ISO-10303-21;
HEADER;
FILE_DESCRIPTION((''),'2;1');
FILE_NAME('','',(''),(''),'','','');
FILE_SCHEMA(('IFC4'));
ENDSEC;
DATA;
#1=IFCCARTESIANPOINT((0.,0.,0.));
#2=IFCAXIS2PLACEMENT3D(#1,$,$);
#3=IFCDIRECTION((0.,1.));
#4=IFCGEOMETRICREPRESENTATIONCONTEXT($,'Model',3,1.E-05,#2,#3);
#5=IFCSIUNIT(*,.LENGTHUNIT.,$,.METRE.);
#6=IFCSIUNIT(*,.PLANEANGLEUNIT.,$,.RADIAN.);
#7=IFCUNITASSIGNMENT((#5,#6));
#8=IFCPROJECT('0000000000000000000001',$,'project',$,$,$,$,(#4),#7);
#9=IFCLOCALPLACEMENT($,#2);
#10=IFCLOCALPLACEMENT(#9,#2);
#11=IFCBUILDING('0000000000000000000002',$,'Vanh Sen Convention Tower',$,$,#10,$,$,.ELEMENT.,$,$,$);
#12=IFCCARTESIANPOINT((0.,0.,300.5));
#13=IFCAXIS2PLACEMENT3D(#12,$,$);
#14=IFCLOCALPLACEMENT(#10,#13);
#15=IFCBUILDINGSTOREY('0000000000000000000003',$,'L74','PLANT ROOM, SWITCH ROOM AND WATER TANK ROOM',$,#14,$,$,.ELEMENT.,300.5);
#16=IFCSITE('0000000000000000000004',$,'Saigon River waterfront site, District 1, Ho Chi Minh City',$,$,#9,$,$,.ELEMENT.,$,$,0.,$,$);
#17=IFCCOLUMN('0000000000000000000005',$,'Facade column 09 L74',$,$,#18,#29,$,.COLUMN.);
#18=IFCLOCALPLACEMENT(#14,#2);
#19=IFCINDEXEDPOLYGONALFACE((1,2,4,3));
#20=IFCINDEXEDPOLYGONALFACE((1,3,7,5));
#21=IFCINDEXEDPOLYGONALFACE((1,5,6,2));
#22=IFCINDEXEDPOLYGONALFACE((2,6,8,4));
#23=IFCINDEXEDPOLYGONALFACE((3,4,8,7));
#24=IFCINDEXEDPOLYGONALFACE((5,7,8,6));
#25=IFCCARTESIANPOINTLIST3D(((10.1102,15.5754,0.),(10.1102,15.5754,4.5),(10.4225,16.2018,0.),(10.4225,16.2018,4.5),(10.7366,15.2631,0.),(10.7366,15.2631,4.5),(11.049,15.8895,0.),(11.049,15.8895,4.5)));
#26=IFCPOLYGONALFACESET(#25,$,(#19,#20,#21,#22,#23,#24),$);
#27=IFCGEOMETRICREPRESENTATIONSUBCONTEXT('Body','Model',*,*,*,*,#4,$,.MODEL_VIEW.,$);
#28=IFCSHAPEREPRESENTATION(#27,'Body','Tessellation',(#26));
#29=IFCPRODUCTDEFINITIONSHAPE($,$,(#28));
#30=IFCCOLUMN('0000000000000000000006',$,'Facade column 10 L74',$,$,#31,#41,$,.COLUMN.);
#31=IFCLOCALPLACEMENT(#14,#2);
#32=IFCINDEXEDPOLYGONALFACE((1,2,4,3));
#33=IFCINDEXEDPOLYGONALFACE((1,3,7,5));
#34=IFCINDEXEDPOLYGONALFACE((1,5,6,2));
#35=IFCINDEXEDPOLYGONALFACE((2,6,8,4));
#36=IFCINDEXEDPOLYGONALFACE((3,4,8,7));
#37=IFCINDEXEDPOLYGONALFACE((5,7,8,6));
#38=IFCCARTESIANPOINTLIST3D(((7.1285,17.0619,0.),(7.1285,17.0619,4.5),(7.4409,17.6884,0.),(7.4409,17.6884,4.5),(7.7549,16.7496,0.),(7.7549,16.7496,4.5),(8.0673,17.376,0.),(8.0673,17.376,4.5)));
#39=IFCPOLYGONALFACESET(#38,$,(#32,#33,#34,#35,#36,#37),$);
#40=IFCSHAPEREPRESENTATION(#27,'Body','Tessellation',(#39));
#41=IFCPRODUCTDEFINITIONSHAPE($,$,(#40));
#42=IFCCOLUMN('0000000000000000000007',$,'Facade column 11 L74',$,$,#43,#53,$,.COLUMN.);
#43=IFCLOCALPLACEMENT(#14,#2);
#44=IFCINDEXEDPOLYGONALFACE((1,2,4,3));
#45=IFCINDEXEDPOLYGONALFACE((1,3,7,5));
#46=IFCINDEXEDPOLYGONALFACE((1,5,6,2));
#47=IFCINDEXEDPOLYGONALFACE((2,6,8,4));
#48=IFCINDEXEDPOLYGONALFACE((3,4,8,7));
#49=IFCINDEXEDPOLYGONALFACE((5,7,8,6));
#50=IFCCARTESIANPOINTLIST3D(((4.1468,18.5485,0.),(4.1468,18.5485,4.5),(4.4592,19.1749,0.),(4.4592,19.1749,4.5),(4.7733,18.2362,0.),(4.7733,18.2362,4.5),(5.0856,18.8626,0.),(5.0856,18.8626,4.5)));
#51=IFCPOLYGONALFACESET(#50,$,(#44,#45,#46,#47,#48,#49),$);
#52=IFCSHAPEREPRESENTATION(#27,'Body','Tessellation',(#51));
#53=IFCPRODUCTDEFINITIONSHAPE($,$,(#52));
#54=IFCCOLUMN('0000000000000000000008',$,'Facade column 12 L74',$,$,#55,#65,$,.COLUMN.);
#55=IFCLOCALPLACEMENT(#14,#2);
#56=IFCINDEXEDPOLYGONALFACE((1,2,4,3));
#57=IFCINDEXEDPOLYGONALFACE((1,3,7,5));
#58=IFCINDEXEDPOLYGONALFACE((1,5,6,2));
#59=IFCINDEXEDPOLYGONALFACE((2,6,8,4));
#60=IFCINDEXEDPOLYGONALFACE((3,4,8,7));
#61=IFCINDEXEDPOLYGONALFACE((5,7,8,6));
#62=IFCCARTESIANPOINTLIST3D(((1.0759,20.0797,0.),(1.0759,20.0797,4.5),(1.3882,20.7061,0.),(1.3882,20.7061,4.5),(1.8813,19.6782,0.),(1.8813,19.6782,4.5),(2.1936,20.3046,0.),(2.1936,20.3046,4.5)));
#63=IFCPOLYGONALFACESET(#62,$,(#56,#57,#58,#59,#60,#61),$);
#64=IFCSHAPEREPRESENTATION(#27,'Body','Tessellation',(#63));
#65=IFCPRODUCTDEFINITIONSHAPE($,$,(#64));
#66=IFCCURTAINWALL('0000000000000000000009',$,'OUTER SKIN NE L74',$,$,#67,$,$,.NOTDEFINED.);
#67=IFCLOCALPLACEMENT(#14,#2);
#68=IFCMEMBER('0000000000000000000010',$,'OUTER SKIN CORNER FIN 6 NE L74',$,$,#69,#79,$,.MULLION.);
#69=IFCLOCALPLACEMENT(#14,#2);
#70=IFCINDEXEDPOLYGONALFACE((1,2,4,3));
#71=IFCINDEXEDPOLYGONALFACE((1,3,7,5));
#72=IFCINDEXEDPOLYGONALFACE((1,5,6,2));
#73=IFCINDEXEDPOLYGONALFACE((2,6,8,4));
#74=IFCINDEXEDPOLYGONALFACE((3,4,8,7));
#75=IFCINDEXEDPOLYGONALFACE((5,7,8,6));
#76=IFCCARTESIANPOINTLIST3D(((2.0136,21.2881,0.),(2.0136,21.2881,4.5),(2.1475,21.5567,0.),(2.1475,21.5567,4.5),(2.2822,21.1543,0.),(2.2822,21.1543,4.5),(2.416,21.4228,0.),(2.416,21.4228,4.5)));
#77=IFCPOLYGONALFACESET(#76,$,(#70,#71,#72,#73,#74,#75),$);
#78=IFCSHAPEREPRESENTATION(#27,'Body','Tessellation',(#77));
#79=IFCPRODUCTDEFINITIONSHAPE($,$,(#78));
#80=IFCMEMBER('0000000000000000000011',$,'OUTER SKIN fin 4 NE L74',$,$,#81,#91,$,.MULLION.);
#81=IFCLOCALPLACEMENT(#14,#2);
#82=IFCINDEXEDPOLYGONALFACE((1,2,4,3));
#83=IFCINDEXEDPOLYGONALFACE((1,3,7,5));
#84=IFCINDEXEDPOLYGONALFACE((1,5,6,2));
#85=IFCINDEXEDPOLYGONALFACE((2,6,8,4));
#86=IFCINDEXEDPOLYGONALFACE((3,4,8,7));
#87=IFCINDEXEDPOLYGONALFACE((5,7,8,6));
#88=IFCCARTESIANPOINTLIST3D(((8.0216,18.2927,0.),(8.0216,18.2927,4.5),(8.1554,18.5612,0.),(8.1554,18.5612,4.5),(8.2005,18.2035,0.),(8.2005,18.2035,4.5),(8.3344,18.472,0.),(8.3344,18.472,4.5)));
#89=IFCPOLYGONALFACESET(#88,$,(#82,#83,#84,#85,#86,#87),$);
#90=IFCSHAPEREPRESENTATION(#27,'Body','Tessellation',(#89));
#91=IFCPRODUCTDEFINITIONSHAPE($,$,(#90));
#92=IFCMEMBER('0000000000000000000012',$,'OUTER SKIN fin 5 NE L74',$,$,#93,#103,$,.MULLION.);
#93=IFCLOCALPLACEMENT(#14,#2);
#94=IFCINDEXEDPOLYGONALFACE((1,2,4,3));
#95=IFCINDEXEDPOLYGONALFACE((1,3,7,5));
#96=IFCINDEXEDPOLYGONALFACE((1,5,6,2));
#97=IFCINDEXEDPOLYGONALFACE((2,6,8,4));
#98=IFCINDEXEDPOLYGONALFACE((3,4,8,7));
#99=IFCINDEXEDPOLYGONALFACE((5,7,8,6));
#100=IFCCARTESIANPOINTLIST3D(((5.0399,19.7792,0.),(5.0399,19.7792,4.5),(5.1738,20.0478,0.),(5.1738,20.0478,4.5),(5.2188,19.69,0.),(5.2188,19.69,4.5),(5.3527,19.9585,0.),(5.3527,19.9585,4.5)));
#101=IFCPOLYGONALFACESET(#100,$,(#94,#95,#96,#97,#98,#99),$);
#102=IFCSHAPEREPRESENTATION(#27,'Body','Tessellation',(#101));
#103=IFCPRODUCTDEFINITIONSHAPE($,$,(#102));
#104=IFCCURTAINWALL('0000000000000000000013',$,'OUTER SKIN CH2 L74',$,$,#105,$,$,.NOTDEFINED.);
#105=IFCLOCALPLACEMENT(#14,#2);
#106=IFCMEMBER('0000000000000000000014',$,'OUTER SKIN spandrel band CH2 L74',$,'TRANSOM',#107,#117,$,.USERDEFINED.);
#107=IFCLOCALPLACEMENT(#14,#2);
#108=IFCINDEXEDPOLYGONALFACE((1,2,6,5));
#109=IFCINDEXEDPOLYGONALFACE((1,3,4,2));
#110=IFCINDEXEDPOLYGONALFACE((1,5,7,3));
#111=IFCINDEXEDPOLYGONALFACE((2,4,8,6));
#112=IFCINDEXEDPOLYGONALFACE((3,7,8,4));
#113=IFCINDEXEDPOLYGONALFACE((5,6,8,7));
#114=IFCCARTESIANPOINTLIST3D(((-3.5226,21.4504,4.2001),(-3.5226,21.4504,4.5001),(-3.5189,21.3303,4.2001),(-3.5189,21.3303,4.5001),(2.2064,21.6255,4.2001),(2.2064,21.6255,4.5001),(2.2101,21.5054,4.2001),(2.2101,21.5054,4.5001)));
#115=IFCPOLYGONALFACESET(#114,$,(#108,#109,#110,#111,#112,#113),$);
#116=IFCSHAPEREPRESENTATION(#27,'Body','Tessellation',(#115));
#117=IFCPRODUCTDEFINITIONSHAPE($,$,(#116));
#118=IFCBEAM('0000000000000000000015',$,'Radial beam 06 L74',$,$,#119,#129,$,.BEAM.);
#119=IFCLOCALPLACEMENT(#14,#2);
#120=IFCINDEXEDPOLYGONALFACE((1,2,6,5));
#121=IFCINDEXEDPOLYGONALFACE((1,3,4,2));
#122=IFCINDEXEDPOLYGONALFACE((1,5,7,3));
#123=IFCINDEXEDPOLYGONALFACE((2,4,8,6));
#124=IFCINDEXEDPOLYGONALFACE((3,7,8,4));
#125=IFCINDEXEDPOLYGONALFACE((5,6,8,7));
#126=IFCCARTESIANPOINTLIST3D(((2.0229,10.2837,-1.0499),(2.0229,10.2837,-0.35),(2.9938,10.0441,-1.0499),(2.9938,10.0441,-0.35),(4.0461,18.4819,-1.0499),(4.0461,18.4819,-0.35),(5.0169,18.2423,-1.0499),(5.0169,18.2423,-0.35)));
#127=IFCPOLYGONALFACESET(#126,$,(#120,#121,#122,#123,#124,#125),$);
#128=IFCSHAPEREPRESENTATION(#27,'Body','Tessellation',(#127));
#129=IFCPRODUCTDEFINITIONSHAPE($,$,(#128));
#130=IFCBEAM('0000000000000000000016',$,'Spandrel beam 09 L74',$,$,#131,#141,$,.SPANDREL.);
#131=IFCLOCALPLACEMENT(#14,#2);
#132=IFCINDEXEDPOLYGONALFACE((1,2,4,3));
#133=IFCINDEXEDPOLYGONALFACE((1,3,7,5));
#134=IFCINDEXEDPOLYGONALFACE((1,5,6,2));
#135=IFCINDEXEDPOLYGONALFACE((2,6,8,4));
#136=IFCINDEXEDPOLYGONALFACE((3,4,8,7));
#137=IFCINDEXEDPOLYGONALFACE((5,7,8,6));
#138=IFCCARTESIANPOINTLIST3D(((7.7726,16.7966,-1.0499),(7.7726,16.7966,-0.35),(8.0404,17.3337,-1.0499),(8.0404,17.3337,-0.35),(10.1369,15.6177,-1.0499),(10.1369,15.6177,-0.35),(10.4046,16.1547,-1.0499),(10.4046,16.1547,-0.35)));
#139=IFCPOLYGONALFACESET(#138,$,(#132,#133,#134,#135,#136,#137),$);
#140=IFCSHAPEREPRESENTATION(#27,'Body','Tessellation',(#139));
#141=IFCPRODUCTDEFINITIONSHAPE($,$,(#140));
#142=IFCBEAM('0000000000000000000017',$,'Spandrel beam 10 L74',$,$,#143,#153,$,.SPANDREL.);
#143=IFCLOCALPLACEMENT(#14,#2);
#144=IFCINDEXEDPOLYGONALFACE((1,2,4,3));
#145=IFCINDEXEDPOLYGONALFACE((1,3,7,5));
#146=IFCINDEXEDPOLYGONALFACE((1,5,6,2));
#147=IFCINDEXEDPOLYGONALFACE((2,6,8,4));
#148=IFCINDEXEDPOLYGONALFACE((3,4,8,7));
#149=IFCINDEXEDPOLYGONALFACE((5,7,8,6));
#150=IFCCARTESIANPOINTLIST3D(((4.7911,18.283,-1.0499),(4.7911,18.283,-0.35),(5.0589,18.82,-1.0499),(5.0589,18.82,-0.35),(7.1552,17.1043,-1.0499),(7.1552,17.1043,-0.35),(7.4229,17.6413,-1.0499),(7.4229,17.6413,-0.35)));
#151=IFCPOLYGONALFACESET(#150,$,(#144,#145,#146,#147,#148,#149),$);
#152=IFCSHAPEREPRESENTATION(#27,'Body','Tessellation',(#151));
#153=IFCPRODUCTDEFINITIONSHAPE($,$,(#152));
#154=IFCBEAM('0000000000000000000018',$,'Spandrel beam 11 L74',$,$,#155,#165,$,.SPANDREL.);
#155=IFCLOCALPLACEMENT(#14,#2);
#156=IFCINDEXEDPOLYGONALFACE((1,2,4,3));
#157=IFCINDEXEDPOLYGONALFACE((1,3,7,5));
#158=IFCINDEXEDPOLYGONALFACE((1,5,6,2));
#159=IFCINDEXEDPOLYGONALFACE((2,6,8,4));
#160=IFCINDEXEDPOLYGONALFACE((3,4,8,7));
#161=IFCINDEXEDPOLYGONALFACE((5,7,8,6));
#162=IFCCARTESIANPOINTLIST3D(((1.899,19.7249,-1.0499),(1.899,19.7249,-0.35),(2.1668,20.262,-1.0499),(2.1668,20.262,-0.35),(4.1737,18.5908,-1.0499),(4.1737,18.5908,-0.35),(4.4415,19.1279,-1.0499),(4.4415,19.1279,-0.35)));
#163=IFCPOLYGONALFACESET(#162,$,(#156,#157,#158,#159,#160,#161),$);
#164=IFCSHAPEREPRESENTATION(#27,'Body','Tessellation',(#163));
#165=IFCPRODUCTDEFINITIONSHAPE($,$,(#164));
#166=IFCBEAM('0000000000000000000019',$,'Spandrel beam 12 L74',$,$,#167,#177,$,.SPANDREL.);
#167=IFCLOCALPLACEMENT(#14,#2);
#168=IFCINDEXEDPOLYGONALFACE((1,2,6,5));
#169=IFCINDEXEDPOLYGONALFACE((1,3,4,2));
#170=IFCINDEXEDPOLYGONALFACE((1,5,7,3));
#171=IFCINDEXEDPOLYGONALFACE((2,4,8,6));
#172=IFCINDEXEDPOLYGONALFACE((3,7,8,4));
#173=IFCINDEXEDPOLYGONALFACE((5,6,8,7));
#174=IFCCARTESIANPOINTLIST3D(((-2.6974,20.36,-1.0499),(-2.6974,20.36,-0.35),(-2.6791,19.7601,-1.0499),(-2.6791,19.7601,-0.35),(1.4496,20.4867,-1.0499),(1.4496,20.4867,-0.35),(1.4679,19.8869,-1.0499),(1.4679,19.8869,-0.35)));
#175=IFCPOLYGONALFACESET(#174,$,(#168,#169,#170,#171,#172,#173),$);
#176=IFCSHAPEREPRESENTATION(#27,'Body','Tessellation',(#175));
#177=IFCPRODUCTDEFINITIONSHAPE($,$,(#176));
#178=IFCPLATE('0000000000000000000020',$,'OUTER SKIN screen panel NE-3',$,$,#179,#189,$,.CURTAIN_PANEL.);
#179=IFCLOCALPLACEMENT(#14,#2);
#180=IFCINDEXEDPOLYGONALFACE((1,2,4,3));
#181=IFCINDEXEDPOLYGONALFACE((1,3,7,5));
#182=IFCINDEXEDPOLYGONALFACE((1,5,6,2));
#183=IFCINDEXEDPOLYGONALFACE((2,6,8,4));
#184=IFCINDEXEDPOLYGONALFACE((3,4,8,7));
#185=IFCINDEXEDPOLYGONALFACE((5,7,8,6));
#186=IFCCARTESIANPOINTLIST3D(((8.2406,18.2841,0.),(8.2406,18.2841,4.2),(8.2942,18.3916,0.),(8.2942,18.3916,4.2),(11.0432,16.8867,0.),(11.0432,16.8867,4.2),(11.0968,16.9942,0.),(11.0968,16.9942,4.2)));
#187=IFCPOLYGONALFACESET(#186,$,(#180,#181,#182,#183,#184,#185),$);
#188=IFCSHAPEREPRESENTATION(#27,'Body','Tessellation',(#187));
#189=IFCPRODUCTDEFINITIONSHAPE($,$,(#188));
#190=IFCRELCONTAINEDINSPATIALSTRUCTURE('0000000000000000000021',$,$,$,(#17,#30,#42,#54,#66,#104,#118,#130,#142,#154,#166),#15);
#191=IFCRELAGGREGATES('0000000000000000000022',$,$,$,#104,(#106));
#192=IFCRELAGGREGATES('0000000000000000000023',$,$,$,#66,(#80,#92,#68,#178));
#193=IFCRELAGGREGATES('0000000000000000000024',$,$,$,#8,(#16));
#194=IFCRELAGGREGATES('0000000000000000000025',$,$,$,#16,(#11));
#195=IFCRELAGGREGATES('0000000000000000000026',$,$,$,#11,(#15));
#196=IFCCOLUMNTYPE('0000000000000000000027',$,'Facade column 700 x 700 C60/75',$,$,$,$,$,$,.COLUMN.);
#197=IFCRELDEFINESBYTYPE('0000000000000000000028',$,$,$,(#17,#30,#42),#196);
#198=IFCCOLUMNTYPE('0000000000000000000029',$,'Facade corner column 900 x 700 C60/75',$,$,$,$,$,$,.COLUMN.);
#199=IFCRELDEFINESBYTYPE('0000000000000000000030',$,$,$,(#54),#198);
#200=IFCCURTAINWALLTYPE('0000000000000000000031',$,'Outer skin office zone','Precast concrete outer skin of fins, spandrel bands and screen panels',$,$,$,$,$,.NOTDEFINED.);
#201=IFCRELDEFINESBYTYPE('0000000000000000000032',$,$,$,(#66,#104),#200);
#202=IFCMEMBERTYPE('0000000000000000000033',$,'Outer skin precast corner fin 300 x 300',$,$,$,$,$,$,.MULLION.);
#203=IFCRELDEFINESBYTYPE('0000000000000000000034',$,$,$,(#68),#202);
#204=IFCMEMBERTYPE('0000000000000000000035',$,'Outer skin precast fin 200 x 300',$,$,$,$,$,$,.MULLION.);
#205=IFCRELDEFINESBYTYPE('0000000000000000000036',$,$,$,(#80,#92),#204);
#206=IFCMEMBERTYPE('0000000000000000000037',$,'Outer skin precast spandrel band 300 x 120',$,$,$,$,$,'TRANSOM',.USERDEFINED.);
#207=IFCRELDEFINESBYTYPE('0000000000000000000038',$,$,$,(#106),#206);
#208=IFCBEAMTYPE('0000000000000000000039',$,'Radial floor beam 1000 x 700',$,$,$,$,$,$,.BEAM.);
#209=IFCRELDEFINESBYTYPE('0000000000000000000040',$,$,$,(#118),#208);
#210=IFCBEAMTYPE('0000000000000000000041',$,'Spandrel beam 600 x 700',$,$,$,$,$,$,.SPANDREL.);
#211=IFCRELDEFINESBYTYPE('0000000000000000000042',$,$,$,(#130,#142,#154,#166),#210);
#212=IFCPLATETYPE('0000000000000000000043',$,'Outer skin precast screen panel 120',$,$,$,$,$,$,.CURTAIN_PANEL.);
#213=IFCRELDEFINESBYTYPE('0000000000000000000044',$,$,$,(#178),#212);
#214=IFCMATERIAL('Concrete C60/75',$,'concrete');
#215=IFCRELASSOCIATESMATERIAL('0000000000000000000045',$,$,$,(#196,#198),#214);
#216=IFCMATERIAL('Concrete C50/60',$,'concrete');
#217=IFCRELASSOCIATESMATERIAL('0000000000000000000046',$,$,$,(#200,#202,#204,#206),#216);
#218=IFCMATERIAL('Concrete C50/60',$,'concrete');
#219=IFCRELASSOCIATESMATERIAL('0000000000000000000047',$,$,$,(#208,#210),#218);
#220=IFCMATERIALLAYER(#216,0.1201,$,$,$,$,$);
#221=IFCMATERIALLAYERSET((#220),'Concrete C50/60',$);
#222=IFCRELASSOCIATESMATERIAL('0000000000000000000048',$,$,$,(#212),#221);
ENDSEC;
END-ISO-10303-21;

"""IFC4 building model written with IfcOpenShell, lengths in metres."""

from ifc_helpers import new_model, si_unit, direction, frame, origin, origin_2d, place, context, subcontext, project, spatial, rectangle, extrude, material, layer, layer_set, material_profile, profile_set, type_object, element, aggregate, save


model = new_model("IFC4")

# Units and contexts
model_context = context("Model", 3, precision=1e-05, world=origin(), true_north=direction((0.0, 1.0)))
body_context = subcontext(model_context, "Body", "Model", "MODEL_VIEW")
ifc_project = project(units=[si_unit("LENGTHUNIT", "METRE"), si_unit("PLANEANGLEUNIT", "RADIAN")], contexts=[model_context])

# Site, building, storey
site_placement = place(None, origin())
site = spatial("IfcSite", under=ifc_project, at=site_placement, Name="Saigon River waterfront site, District 1, Ho Chi Minh City", CompositionType="ELEMENT", RefElevation=0.0)
building_placement = place(site_placement, origin())
building = spatial("IfcBuilding", under=site, at=building_placement, Name="Vanh Sen Convention Tower", CompositionType="ELEMENT")
storey_placement = place(building_placement, frame((0.0, 0.0, 300.5)))
storey = spatial("IfcBuildingStorey", under=building, at=storey_placement, Name="L74", Description="PLANT ROOM, SWITCH ROOM AND WATER TANK ROOM", CompositionType="ELEMENT", Elevation=300.5)

# Columns
ifc_material_1 = material(Name="Concrete C60/75", Category="concrete")
ifc_material_profile_1 = material_profile(ifc_material_1, rectangle(XDim=0.7, YDim=0.7, at=origin_2d()), Name="RC 700X700")
ifc_profile_set_1 = profile_set([ifc_material_profile_1], Name="Concrete C60/75")
column_type_1 = type_object("IfcColumnType", Name="Facade column 700 x 700 C60/75", PredefinedType="COLUMN", material=ifc_profile_set_1)
for number, where, z_axis, x_axis, name in (
    (1, (10.5796, 15.7324, 0.0), (0.0, 0.0, 1.0), (-0.894934, 0.446198, 0.0), "Facade column 09 L74"),
    (2, (7.5979, 17.219, 0.0), (0.0, 0.0, 1.0), (-0.894934, 0.446198, 0.0), "Facade column 10 L74"),
    (3, (4.6162, 18.7056, 0.0), (0.0, 0.0, 1.0), (-0.894934, 0.446198, 0.0), "Facade column 11 L74"),
):
    element("IfcColumn", number, at=place(storey_placement, frame(where, z_axis=z_axis, x_axis=x_axis)), inside=storey, type_object=column_type_1, Name=name, PredefinedType="COLUMN", context=body_context, shape_type="SweptSolid", body=[
        extrude(rectangle(XDim=0.7, YDim=0.7, at=origin_2d()), origin(), (0.0, 0.0, 1.0), 4.5),
    ])
ifc_material_profile_2 = material_profile(ifc_material_1, rectangle(XDim=0.8999, YDim=0.7, at=origin_2d()), Name="RC 900X700")
ifc_profile_set_2 = profile_set([ifc_material_profile_2], Name="Concrete C60/75")
column_type_2 = type_object("IfcColumnType", Name="Facade corner column 900 x 700 C60/75", PredefinedType="COLUMN", material=ifc_profile_set_2)
column_placement = place(storey_placement, frame((1.6348, 20.1921, 0.0), z_axis=(0.0, 0.0, 1.0), x_axis=(-0.894934, 0.446198, 0.0)))
element("IfcColumn", 4, at=column_placement, inside=storey, type_object=column_type_2, Name="Facade column 12 L74", PredefinedType="COLUMN", context=body_context, shape_type="SweptSolid", body=[
    extrude(rectangle(XDim=0.8999, YDim=0.7, at=origin_2d()), origin(), (0.0, 0.0, 1.0), 4.5),
])

# Curtain wall, members
ifc_material_2 = material(Name="Concrete C50/60", Category="concrete")
curtain_wall_type = type_object("IfcCurtainWallType", Name="Outer skin office zone", Description="Precast concrete outer skin of fins, spandrel bands and screen panels", PredefinedType="NOTDEFINED", material=ifc_material_2)
curtain_wall_1_placement = place(storey_placement, origin())
curtain_wall_1 = element("IfcCurtainWall", 5, at=curtain_wall_1_placement, inside=storey, type_object=curtain_wall_type, Name="OUTER SKIN NE L74", PredefinedType="NOTDEFINED")
ifc_material_profile_3 = material_profile(ifc_material_2, rectangle(XDim=0.3, YDim=0.3, at=origin_2d()), Name="Outer skin precast corner fin 300 x 300")
ifc_profile_set_3 = profile_set([ifc_material_profile_3], Name="Concrete C50/60")
member_type_1 = type_object("IfcMemberType", Name="Outer skin precast corner fin 300 x 300", PredefinedType="MULLION", material=ifc_profile_set_3)
member_1_placement = place(storey_placement, frame((2.2148, 21.3555, 0.0), z_axis=(0.0, 0.0, 1.0), x_axis=(-0.894934, 0.446198, 0.0)))
member_1 = element("IfcMember", 6, at=member_1_placement, type_object=member_type_1, Name="OUTER SKIN CORNER FIN 6 NE L74", PredefinedType="MULLION", context=body_context, shape_type="SweptSolid", body=[
    extrude(rectangle(XDim=0.3, YDim=0.3, at=origin_2d()), origin(), (0.0, 0.0, 1.0), 4.5),
])
ifc_material_profile_4 = material_profile(ifc_material_2, rectangle(XDim=0.2, YDim=0.3, at=origin_2d()), Name="Outer skin precast fin 200 x 300")
ifc_profile_set_4 = profile_set([ifc_material_profile_4], Name="Concrete C50/60")
member_type_2 = type_object("IfcMemberType", Name="Outer skin precast fin 200 x 300", PredefinedType="MULLION", material=ifc_profile_set_4)
member_2_placement = place(storey_placement, frame((8.178, 18.3823, 0.0), z_axis=(0.0, 0.0, 1.0), x_axis=(-0.894934, 0.446198, 0.0)))
member_2 = element("IfcMember", 7, at=member_2_placement, type_object=member_type_2, Name="OUTER SKIN fin 4 NE L74", PredefinedType="MULLION", context=body_context, shape_type="SweptSolid", body=[
    extrude(rectangle(XDim=0.2, YDim=0.3, at=origin_2d()), origin(), (0.0, 0.0, 1.0), 4.5),
])
member_3_placement = place(storey_placement, frame((5.1963, 19.8689, 0.0), z_axis=(0.0, 0.0, 1.0), x_axis=(-0.894934, 0.446198, 0.0)))
member_3 = element("IfcMember", 8, at=member_3_placement, type_object=member_type_2, Name="OUTER SKIN fin 5 NE L74", PredefinedType="MULLION", context=body_context, shape_type="SweptSolid", body=[
    extrude(rectangle(XDim=0.2, YDim=0.3, at=origin_2d()), origin(), (0.0, 0.0, 1.0), 4.5),
])

# Curtain wall, member
curtain_wall_2_placement = place(storey_placement, origin())
curtain_wall_2 = element("IfcCurtainWall", 9, at=curtain_wall_2_placement, inside=storey, type_object=curtain_wall_type, Name="OUTER SKIN CH2 L74", PredefinedType="NOTDEFINED")
ifc_material_profile_5 = material_profile(ifc_material_2, rectangle(XDim=0.1201, YDim=0.3, at=origin_2d()), Name="Outer skin precast spandrel band 300 x 120")
ifc_profile_set_5 = profile_set([ifc_material_profile_5], Name="Concrete C50/60")
member_type_3 = type_object("IfcMemberType", Name="Outer skin precast spandrel band 300 x 120", ElementType="TRANSOM", PredefinedType="USERDEFINED", material=ifc_profile_set_5)
member_4_placement = place(storey_placement, frame((2.2083, 21.5654, 4.3501), z_axis=(-0.999534, -0.030541, 0.0), x_axis=(0.030541, -0.999534, 0.0)))
member_4 = element("IfcMember", 10, at=member_4_placement, type_object=member_type_3, Name="OUTER SKIN spandrel band CH2 L74", ObjectType="TRANSOM", PredefinedType="USERDEFINED", context=body_context, shape_type="SweptSolid", body=[
    extrude(rectangle(XDim=0.1201, YDim=0.3, at=origin_2d()), origin(), (0.0, 0.0, 1.0), 5.7317),
])
aggregate(curtain_wall_2, [member_4])

# Beams
ifc_material_3 = material(Name="Concrete C50/60", Category="concrete")
ifc_material_profile_6 = material_profile(ifc_material_3, rectangle(XDim=1.0, YDim=0.7, at=origin_2d()), Name="RC 1000X700")
ifc_profile_set_6 = profile_set([ifc_material_profile_6], Name="Concrete C50/60")
beam_type_1 = type_object("IfcBeamType", Name="Radial floor beam 1000 x 700", PredefinedType="BEAM", material=ifc_profile_set_6)
beam_1_placement = place(storey_placement, frame((4.5315, 18.3621, -0.7), z_axis=(-0.239596, -0.970873, 0.0), x_axis=(0.970873, -0.239596, 0.0)))
element("IfcBeam", 11, at=beam_1_placement, inside=storey, type_object=beam_type_1, Name="Radial beam 06 L74", PredefinedType="BEAM", context=body_context, shape_type="SweptSolid", body=[
    extrude(rectangle(XDim=1.0, YDim=0.7, at=origin_2d()), origin(), (0.0, 0.0, 1.0), 8.4441),
])
ifc_material_profile_7 = material_profile(ifc_material_3, rectangle(XDim=0.6001, YDim=0.7, at=origin_2d()), Name="RC 600X700")
ifc_profile_set_7 = profile_set([ifc_material_profile_7], Name="Concrete C50/60")
beam_type_2 = type_object("IfcBeamType", Name="Spandrel beam 600 x 700", PredefinedType="SPANDREL", material=ifc_profile_set_7)
beam_2_placement = place(storey_placement, frame((10.2708, 15.8862, -0.7), z_axis=(-0.894907, 0.446252, 0.0), x_axis=(-0.446252, -0.894907, 0.0)))
element("IfcBeam", 12, at=beam_2_placement, inside=storey, type_object=beam_type_2, Name="Spandrel beam 09 L74", PredefinedType="SPANDREL", context=body_context, shape_type="SweptSolid", body=[
    extrude(rectangle(XDim=0.6001, YDim=0.7, at=origin_2d()), origin(), (0.0, 0.0, 1.0), 2.6418),
])
beam_3_placement = place(storey_placement, frame((7.2891, 17.3728, -0.7), z_axis=(-0.894926, 0.446215, 0.0), x_axis=(-0.446215, -0.894926, 0.0)))
element("IfcBeam", 13, at=beam_3_placement, inside=storey, type_object=beam_type_2, Name="Spandrel beam 10 L74", PredefinedType="SPANDREL", context=body_context, shape_type="SweptSolid", body=[
    extrude(rectangle(XDim=0.6001, YDim=0.7, at=origin_2d()), origin(), (0.0, 0.0, 1.0), 2.6416),
])
beam_4_placement = place(storey_placement, frame((4.3076, 18.8594, -0.7), z_axis=(-0.894945, 0.446176, 0.0), x_axis=(-0.446176, -0.894945, 0.0)))
element("IfcBeam", 14, at=beam_4_placement, inside=storey, type_object=beam_type_2, Name="Spandrel beam 11 L74", PredefinedType="SPANDREL", context=body_context, shape_type="SweptSolid", body=[
    extrude(rectangle(XDim=0.6001, YDim=0.7, at=origin_2d()), origin(), (0.0, 0.0, 1.0), 2.5417),
])
beam_5_placement = place(storey_placement, frame((1.4587, 20.1868, -0.7), z_axis=(-0.999534, -0.03054, 0.0), x_axis=(0.03054, -0.999534, 0.0)))
element("IfcBeam", 15, at=beam_5_placement, inside=storey, type_object=beam_type_2, Name="Spandrel beam 12 L74", PredefinedType="SPANDREL", context=body_context, shape_type="SweptSolid", body=[
    extrude(rectangle(XDim=0.6001, YDim=0.7, at=origin_2d()), origin(), (0.0, 0.0, 1.0), 4.1489),
])

# Plate
ifc_layer_1 = layer(ifc_material_2, 0.1201)
ifc_layer_set_1 = layer_set([ifc_layer_1], Name="Concrete C50/60")
plate_type = type_object("IfcPlateType", Name="Outer skin precast screen panel 120", PredefinedType="CURTAIN_PANEL", material=ifc_layer_set_1)
plate_1_placement = place(storey_placement, frame((9.6687, 17.6392, 0.0), z_axis=(0.0, 0.0, 1.0), x_axis=(-0.894931, 0.446204, 0.0)))
plate_1 = element("IfcPlate", 16, at=plate_1_placement, type_object=plate_type, Name="OUTER SKIN screen panel NE-3", PredefinedType="CURTAIN_PANEL", context=body_context, shape_type="SweptSolid", body=[
    extrude(rectangle(XDim=3.1316, YDim=0.1201, at=origin_2d()), origin(), (0.0, 0.0, 1.0), 4.2),
])
aggregate(curtain_wall_1, [member_2, member_3, member_1, plate_1])

save(model, "model.ifc")
